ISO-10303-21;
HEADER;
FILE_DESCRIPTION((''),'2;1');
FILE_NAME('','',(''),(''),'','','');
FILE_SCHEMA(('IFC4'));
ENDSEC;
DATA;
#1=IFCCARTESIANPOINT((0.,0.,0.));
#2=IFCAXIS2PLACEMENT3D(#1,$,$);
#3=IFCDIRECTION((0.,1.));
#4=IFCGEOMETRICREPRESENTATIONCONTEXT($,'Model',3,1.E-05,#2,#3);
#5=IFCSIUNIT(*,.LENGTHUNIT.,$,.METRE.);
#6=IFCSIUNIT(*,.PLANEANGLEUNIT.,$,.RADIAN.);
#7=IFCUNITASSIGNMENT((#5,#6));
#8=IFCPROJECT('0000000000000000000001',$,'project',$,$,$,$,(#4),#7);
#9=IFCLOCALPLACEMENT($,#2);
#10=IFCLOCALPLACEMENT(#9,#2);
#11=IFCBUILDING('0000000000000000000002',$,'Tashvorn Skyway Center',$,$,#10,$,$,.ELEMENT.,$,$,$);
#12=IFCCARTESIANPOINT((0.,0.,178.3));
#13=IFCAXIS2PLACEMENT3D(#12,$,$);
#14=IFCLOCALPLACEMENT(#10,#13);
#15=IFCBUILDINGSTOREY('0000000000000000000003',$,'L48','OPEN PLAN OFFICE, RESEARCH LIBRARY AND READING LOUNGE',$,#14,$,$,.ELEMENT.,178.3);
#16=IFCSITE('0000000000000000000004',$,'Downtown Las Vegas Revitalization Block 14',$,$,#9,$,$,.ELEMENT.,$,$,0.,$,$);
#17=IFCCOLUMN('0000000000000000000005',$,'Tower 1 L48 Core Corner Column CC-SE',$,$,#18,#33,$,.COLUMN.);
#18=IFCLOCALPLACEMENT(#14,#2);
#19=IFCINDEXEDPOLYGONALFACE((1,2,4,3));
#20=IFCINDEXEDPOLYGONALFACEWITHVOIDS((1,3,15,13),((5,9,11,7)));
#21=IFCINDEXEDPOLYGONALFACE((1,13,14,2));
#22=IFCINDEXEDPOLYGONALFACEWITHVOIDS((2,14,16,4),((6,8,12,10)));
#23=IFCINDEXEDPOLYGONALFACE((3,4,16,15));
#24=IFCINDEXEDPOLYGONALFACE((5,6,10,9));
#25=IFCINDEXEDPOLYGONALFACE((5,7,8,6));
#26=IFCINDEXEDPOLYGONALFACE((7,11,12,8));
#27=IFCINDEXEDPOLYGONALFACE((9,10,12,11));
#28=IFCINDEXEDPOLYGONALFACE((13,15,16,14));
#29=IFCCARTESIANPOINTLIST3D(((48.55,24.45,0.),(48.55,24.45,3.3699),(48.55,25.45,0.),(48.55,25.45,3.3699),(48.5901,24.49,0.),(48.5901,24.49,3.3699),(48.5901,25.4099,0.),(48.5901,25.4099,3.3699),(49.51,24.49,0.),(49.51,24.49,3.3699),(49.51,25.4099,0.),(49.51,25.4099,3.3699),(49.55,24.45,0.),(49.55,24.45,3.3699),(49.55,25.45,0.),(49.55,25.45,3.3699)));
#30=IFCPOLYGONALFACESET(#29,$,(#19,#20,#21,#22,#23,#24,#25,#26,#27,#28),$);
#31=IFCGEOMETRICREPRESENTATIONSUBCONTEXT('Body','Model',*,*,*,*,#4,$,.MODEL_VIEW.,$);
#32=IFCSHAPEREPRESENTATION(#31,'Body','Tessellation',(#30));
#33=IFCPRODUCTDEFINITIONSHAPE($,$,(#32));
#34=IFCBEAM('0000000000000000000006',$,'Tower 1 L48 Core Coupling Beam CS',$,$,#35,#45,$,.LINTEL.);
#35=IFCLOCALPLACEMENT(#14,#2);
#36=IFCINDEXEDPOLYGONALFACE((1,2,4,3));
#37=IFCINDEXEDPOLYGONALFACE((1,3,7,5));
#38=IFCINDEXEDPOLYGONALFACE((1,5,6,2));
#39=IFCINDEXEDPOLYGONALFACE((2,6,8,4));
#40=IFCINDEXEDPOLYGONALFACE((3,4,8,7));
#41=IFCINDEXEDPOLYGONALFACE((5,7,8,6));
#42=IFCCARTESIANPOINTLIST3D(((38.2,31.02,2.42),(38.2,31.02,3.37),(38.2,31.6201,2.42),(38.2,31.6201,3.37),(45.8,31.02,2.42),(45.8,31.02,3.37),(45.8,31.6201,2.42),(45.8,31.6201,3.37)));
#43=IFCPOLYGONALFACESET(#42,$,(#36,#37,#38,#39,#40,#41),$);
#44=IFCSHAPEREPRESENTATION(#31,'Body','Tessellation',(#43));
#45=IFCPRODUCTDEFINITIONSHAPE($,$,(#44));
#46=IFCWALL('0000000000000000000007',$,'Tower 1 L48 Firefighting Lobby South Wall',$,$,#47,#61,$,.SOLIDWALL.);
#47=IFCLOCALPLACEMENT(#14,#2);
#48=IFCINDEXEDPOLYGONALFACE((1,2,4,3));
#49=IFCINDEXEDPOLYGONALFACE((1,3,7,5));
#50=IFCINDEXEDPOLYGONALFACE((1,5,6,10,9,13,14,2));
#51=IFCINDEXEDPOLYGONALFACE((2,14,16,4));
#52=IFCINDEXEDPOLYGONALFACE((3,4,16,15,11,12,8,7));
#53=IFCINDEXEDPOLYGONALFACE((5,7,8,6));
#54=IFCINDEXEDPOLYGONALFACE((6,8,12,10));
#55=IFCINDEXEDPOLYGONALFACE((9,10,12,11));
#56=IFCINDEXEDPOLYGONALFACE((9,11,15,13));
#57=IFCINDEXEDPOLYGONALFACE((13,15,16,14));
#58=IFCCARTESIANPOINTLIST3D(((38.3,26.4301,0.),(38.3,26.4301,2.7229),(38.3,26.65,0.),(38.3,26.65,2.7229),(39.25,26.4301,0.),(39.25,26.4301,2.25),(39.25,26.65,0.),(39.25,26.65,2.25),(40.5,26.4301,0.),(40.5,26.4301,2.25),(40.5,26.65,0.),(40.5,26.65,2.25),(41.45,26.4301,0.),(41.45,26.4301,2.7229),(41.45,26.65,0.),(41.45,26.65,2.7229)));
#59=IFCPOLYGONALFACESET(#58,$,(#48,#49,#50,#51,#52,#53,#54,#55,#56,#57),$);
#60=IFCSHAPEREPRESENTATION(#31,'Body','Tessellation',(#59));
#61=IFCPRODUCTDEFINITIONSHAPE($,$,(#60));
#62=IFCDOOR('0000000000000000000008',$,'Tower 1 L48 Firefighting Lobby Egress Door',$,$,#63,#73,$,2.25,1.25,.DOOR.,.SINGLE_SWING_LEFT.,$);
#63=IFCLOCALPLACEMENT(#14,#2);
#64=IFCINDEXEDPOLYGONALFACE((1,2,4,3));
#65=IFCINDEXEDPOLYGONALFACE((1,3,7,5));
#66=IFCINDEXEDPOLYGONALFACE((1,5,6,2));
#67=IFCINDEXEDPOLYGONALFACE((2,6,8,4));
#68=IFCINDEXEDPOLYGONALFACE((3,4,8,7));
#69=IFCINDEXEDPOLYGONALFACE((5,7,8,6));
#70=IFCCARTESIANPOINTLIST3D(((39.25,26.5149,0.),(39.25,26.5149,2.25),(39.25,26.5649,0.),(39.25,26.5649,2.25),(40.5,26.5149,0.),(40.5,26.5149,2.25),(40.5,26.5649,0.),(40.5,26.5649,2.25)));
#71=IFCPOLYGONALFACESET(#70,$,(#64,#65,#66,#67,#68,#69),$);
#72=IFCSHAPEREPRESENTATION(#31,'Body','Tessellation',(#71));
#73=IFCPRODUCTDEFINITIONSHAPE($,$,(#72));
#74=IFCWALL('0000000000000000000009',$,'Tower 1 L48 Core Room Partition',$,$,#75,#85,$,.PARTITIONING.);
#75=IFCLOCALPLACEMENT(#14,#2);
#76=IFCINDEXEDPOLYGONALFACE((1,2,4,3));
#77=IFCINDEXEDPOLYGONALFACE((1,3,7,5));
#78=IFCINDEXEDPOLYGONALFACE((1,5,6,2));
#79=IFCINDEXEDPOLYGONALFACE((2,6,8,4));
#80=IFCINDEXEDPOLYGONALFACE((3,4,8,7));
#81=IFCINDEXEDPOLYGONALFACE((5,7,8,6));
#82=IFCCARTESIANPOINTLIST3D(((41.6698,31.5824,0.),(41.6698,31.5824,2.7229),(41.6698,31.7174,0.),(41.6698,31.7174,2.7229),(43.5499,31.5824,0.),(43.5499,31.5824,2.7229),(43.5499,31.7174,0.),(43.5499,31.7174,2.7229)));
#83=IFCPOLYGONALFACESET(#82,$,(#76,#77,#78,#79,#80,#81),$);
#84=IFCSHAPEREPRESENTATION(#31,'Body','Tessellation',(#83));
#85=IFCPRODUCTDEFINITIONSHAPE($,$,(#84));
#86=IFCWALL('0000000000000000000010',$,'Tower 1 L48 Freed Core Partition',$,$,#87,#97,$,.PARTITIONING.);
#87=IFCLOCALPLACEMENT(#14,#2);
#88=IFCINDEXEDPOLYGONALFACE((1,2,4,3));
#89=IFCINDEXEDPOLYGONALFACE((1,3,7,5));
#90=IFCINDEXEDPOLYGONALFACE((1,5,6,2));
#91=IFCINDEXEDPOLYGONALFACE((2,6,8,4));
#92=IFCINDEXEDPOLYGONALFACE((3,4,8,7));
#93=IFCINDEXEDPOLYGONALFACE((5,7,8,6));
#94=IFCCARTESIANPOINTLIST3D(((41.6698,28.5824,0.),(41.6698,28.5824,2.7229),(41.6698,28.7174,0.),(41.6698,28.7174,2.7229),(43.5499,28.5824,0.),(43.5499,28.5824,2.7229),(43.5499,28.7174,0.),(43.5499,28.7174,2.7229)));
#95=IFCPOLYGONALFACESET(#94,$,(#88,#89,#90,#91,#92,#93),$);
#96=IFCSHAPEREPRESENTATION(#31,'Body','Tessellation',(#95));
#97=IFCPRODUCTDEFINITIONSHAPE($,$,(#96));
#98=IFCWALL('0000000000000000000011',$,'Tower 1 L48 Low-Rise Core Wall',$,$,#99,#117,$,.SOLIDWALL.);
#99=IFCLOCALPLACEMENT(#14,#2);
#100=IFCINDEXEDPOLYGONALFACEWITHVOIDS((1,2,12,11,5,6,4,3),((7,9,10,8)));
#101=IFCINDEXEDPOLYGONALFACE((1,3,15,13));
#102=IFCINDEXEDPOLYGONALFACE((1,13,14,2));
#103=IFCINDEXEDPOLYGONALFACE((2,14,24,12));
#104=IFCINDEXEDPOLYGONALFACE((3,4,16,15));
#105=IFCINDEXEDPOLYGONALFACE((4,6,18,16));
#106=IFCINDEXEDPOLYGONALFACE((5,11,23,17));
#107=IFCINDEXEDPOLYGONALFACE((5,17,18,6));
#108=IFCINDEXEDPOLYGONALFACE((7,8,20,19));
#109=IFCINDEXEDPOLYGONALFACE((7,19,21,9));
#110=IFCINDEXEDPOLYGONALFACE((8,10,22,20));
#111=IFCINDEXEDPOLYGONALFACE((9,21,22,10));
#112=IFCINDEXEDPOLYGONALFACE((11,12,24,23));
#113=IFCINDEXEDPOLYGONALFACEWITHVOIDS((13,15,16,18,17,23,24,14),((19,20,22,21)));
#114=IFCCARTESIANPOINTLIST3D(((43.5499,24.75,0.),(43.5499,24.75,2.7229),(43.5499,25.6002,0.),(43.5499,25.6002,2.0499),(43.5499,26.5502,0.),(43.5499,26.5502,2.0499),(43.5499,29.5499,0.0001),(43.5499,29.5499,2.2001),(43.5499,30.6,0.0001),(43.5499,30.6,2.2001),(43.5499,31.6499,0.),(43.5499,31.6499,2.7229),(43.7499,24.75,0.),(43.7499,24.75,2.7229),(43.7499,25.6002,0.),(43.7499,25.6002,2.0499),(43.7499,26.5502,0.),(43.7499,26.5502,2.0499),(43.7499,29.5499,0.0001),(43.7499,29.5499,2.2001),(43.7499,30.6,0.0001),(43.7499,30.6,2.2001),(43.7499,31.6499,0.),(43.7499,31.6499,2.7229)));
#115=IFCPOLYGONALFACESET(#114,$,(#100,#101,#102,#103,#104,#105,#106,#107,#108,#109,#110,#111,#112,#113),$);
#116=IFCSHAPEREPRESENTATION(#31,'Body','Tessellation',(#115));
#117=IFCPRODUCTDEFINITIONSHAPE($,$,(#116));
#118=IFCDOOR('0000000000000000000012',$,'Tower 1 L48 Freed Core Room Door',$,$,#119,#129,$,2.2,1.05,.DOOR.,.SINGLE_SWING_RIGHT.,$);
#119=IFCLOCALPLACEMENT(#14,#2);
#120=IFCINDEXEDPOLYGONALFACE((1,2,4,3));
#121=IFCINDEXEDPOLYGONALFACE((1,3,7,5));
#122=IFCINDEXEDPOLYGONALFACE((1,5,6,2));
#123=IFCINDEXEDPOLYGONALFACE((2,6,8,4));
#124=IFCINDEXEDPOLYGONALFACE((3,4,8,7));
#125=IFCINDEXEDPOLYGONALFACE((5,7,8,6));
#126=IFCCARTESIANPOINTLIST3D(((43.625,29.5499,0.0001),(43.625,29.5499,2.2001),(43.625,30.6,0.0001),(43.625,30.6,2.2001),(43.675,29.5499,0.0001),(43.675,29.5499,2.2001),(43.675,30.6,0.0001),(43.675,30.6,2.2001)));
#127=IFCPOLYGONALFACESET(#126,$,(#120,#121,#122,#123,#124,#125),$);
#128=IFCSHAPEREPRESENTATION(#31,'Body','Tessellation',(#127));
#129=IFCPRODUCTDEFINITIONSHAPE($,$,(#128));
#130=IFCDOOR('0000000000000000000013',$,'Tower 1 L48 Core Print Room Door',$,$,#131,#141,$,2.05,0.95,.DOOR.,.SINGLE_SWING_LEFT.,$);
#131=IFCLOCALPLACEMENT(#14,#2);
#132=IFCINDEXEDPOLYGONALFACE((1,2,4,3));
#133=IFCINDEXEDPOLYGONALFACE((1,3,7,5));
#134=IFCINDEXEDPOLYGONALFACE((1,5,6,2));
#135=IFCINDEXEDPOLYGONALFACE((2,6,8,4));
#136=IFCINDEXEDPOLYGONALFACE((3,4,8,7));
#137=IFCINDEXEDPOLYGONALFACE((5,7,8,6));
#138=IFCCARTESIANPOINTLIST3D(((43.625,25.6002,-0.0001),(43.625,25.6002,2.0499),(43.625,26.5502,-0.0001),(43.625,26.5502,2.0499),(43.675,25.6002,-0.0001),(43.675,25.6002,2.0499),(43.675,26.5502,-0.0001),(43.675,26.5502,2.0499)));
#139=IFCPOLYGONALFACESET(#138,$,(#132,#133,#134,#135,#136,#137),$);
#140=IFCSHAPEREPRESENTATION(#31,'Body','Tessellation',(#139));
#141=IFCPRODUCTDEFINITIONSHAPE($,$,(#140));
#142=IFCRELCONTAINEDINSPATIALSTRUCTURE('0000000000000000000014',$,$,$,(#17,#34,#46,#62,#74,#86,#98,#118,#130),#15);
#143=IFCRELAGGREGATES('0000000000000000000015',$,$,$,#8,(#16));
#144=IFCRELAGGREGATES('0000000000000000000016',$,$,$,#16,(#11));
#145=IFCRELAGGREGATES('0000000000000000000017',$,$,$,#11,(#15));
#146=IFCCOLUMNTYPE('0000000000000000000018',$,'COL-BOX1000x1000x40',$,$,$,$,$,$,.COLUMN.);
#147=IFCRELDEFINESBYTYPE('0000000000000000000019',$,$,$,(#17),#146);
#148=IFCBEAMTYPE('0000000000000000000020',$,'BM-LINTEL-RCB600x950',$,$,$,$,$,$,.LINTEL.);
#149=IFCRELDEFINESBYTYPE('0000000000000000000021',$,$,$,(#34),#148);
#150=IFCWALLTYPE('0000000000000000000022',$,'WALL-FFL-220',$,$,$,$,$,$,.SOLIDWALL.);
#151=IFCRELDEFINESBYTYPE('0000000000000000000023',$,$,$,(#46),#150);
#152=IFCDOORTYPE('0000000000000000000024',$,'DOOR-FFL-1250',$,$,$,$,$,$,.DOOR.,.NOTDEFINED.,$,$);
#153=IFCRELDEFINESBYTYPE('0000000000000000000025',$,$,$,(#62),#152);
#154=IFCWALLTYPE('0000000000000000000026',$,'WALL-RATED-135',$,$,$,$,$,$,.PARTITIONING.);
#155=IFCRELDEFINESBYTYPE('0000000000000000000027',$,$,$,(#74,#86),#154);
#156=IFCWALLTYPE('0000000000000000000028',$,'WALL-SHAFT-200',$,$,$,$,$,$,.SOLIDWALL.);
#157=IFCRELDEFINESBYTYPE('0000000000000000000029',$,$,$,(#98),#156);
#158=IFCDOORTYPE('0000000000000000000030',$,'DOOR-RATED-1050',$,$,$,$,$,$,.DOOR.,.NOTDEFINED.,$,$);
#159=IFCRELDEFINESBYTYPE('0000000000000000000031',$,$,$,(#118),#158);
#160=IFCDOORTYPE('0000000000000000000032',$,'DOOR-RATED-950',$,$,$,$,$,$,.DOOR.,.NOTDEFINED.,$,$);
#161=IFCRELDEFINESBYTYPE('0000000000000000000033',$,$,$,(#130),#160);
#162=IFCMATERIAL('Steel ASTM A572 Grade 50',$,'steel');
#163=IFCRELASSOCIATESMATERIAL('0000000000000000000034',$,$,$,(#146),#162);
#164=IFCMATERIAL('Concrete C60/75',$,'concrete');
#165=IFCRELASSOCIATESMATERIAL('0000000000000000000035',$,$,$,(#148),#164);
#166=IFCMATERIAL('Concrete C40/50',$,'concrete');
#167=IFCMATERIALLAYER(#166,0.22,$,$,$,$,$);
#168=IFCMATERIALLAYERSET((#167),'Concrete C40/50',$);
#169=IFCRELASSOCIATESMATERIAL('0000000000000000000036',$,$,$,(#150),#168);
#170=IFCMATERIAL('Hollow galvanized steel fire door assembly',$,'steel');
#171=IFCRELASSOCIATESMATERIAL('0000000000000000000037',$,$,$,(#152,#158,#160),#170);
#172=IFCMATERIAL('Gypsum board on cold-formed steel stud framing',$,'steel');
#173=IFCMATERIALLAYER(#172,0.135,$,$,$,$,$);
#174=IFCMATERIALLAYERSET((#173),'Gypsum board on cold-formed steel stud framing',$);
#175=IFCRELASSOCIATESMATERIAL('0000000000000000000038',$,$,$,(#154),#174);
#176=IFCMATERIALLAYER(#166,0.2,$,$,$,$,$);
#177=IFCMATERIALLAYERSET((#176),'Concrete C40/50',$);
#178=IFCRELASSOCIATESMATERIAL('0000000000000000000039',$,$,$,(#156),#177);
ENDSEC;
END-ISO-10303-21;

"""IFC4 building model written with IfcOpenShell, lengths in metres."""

from ifc_helpers import new_model, si_unit, direction, frame, frame_2d, origin, origin_2d, place, context, subcontext, project, spatial, rectangle, hollow_rectangle, extrude, material, layer, layer_set, material_profile, profile_set, type_object, element, fill, save


model = new_model("IFC4")

# Units and contexts
model_context = context("Model", 3, precision=1e-05, world=origin(), true_north=direction((0.0, 1.0)))
body_context = subcontext(model_context, "Body", "Model", "MODEL_VIEW")
ifc_project = project(units=[si_unit("LENGTHUNIT", "METRE"), si_unit("PLANEANGLEUNIT", "RADIAN")], contexts=[model_context])

# Site, building, storey
site_placement = place(None, origin())
site = spatial("IfcSite", under=ifc_project, at=site_placement, Name="Downtown Las Vegas Revitalization Block 14", CompositionType="ELEMENT", RefElevation=0.0)
building_placement = place(site_placement, origin())
building = spatial("IfcBuilding", under=site, at=building_placement, Name="Tashvorn Skyway Center", CompositionType="ELEMENT")
storey_placement = place(building_placement, frame((0.0, 0.0, 178.3)))
storey = spatial("IfcBuildingStorey", under=building, at=storey_placement, Name="L48", Description="OPEN PLAN OFFICE, RESEARCH LIBRARY AND READING LOUNGE", CompositionType="ELEMENT", Elevation=178.3)

# Column
ifc_material_1 = material(Name="Steel ASTM A572 Grade 50", Category="steel")
ifc_material_profile_1 = material_profile(ifc_material_1, hollow_rectangle(XDim=1.0, YDim=1.0, WallThickness=0.04, at=origin_2d()), Name="BOX1000x1000x40")
ifc_profile_set_1 = profile_set([ifc_material_profile_1], Name="Steel ASTM A572 Grade 50")
column_type = type_object("IfcColumnType", Name="COL-BOX1000x1000x40", PredefinedType="COLUMN", material=ifc_profile_set_1)
column_placement = place(storey_placement, frame((49.05, 24.95, 0.0), z_axis=(0.0, 0.0, 1.0), x_axis=(1.0, 0.0, 0.0)))
element("IfcColumn", 1, at=column_placement, inside=storey, type_object=column_type, Name="Tower 1 L48 Core Corner Column CC-SE", PredefinedType="COLUMN", context=body_context, shape_type="SweptSolid", body=[
    extrude(hollow_rectangle(XDim=1.0, YDim=1.0, WallThickness=0.04, at=origin_2d()), origin(), (0.0, 0.0, 1.0), 3.3699),
])

# Beam
ifc_material_2 = material(Name="Concrete C60/75", Category="concrete")
ifc_material_profile_2 = material_profile(ifc_material_2, rectangle(XDim=0.6001, YDim=0.95, at=origin_2d()), Name="RCB600x950")
ifc_profile_set_2 = profile_set([ifc_material_profile_2], Name="Concrete C60/75")
beam_type = type_object("IfcBeamType", Name="BM-LINTEL-RCB600x950", PredefinedType="LINTEL", material=ifc_profile_set_2)
beam_placement = place(storey_placement, frame((38.2, 31.3201, 2.895), z_axis=(1.0, 0.0, 0.0), x_axis=(0.0, 1.0, 0.0)))
element("IfcBeam", 2, at=beam_placement, inside=storey, type_object=beam_type, Name="Tower 1 L48 Core Coupling Beam CS", PredefinedType="LINTEL", context=body_context, shape_type="SweptSolid", body=[
    extrude(rectangle(XDim=0.6001, YDim=0.95, at=origin_2d()), origin(), (0.0, 0.0, 1.0), 7.6001),
])

# Wall, opening, door
ifc_material_3 = material(Name="Concrete C40/50", Category="concrete")
ifc_layer_1 = layer(ifc_material_3, 0.22)
ifc_layer_set_1 = layer_set([ifc_layer_1], Name="Concrete C40/50")
wall_type_1 = type_object("IfcWallType", Name="WALL-FFL-220", PredefinedType="SOLIDWALL", material=ifc_layer_set_1)
wall_1_placement = place(storey_placement, frame((38.3, 26.54, 0.0), z_axis=(0.0, 0.0, 1.0), x_axis=(1.0, 0.0, 0.0)))
wall_1 = element("IfcWall", 3, at=wall_1_placement, inside=storey, type_object=wall_type_1, Name="Tower 1 L48 Firefighting Lobby South Wall", PredefinedType="SOLIDWALL", context=body_context, shape_type="SweptSolid", body=[
    extrude(rectangle(XDim=3.1499, YDim=0.22, at=frame_2d((1.575, 0.0))), origin(), (0.0, 0.0, 1.0), 2.7229),
])
opening_1_placement = place(wall_1_placement, frame((0.95, 0.0, 0.0)))
opening_1 = element("IfcOpeningElement", 4, at=opening_1_placement, cuts=wall_1, PredefinedType="OPENING", context=body_context, shape_type="SweptSolid", body=[
    extrude(rectangle(XDim=1.25, YDim=2.25, at=frame_2d((0.625, 1.125))), frame((0.0, 0.1199, 0.0), z_axis=(0.0, -1.0, 0.0), x_axis=(1.0, 0.0, 0.0)), (0.0, 0.0, 1.0), 0.24),
])
ifc_material_4 = material(Name="Hollow galvanized steel fire door assembly", Category="steel")
door_type_1 = type_object("IfcDoorType", Name="DOOR-FFL-1250", OperationType="NOTDEFINED", PredefinedType="DOOR", material=ifc_material_4)
door_1_placement = place(opening_1_placement, origin())
door_1 = element("IfcDoor", 5, at=door_1_placement, inside=storey, type_object=door_type_1, Name="Tower 1 L48 Firefighting Lobby Egress Door", OperationType="SINGLE_SWING_LEFT", OverallHeight=2.25, OverallWidth=1.25, PredefinedType="DOOR", context=body_context, shape_type="SweptSolid", body=[
    extrude(rectangle(XDim=1.25, YDim=2.25, at=frame_2d((0.625, 1.125))), frame((0.0, 0.0249, 0.0), z_axis=(0.0, -1.0, 0.0), x_axis=(1.0, 0.0, 0.0)), (0.0, 0.0, 1.0), 0.05),
])
fill(opening_1, door_1)

# Walls
ifc_material_5 = material(Name="Gypsum board on cold-formed steel stud framing", Category="steel")
ifc_layer_2 = layer(ifc_material_5, 0.135)
ifc_layer_set_2 = layer_set([ifc_layer_2], Name="Gypsum board on cold-formed steel stud framing")
wall_type_2 = type_object("IfcWallType", Name="WALL-RATED-135", PredefinedType="PARTITIONING", material=ifc_layer_set_2)
for number, where, z_axis, x_axis, name in (
    (6, (41.6699, 31.6499, 0.0), (0.0, 0.0, 1.0), (1.0, 0.0, 0.0), "Tower 1 L48 Core Room Partition"),
    (7, (41.6699, 28.6499, 0.0), (0.0, 0.0, 1.0), (1.0, 0.0, 0.0), "Tower 1 L48 Freed Core Partition"),
):
    element("IfcWall", number, at=place(storey_placement, frame(where, z_axis=z_axis, x_axis=x_axis)), inside=storey, type_object=wall_type_2, Name=name, PredefinedType="PARTITIONING", context=body_context, shape_type="SweptSolid", body=[
        extrude(rectangle(XDim=1.8801, YDim=0.135, at=frame_2d((0.9399, 0.0))), origin(), (0.0, 0.0, 1.0), 2.7229),
    ])

# Wall, openings, doors
ifc_layer_3 = layer(ifc_material_3, 0.2)
ifc_layer_set_3 = layer_set([ifc_layer_3], Name="Concrete C40/50")
wall_type_3 = type_object("IfcWallType", Name="WALL-SHAFT-200", PredefinedType="SOLIDWALL", material=ifc_layer_set_3)
wall_2_placement = place(storey_placement, frame((43.6499, 24.75, 0.0), z_axis=(0.0, 0.0, 1.0), x_axis=(0.0, 1.0, 0.0)))
wall_2 = element("IfcWall", 8, at=wall_2_placement, inside=storey, type_object=wall_type_3, Name="Tower 1 L48 Low-Rise Core Wall", PredefinedType="SOLIDWALL", context=body_context, shape_type="SweptSolid", body=[
    extrude(rectangle(XDim=6.8999, YDim=0.2, at=frame_2d((3.45, 0.0))), origin(), (0.0, 0.0, 1.0), 2.7229),
])
opening_2_placement = place(wall_2_placement, frame((0.8501, 0.0, 0.0)))
opening_2 = element("IfcOpeningElement", 9, at=opening_2_placement, cuts=wall_2, PredefinedType="OPENING", context=body_context, shape_type="SweptSolid", body=[
    extrude(rectangle(XDim=0.95, YDim=2.05, at=frame_2d((0.4751, 1.0249))), frame((0.0, 0.1099, 0.0), z_axis=(0.0, -1.0, 0.0), x_axis=(1.0, 0.0, 0.0)), (0.0, 0.0, 1.0), 0.22),
])
opening_3_placement = place(wall_2_placement, frame((4.8, 0.0, 0.0)))
opening_3 = element("IfcOpeningElement", 10, at=opening_3_placement, cuts=wall_2, PredefinedType="OPENING", context=body_context, shape_type="SweptSolid", body=[
    extrude(rectangle(XDim=1.05, YDim=2.2, at=frame_2d((0.5249, 1.1001))), frame((0.0, 0.1099, 0.0), z_axis=(0.0, -1.0, 0.0), x_axis=(1.0, 0.0, 0.0)), (0.0, 0.0, 1.0), 0.22),
])
door_type_2 = type_object("IfcDoorType", Name="DOOR-RATED-1050", OperationType="NOTDEFINED", PredefinedType="DOOR", material=ifc_material_4)
door_2_placement = place(opening_3_placement, origin())
door_2 = element("IfcDoor", 11, at=door_2_placement, inside=storey, type_object=door_type_2, Name="Tower 1 L48 Freed Core Room Door", OperationType="SINGLE_SWING_RIGHT", OverallHeight=2.2, OverallWidth=1.05, PredefinedType="DOOR", context=body_context, shape_type="SweptSolid", body=[
    extrude(rectangle(XDim=1.05, YDim=2.2, at=frame_2d((0.5249, 1.1001))), frame((0.0, 0.0249, 0.0), z_axis=(0.0, -1.0, 0.0), x_axis=(1.0, 0.0, 0.0)), (0.0, 0.0, 1.0), 0.05),
])
fill(opening_3, door_2)
door_type_3 = type_object("IfcDoorType", Name="DOOR-RATED-950", OperationType="NOTDEFINED", PredefinedType="DOOR", material=ifc_material_4)
door_3_placement = place(opening_2_placement, origin())
door_3 = element("IfcDoor", 12, at=door_3_placement, inside=storey, type_object=door_type_3, Name="Tower 1 L48 Core Print Room Door", OperationType="SINGLE_SWING_LEFT", OverallHeight=2.05, OverallWidth=0.95, PredefinedType="DOOR", context=body_context, shape_type="SweptSolid", body=[
    extrude(rectangle(XDim=0.95, YDim=2.05, at=frame_2d((0.4751, 1.0249))), frame((0.0, 0.0249, 0.0), z_axis=(0.0, -1.0, 0.0), x_axis=(1.0, 0.0, 0.0)), (0.0, 0.0, 1.0), 0.05),
])
fill(opening_2, door_3)

save(model, "model.ifc")
